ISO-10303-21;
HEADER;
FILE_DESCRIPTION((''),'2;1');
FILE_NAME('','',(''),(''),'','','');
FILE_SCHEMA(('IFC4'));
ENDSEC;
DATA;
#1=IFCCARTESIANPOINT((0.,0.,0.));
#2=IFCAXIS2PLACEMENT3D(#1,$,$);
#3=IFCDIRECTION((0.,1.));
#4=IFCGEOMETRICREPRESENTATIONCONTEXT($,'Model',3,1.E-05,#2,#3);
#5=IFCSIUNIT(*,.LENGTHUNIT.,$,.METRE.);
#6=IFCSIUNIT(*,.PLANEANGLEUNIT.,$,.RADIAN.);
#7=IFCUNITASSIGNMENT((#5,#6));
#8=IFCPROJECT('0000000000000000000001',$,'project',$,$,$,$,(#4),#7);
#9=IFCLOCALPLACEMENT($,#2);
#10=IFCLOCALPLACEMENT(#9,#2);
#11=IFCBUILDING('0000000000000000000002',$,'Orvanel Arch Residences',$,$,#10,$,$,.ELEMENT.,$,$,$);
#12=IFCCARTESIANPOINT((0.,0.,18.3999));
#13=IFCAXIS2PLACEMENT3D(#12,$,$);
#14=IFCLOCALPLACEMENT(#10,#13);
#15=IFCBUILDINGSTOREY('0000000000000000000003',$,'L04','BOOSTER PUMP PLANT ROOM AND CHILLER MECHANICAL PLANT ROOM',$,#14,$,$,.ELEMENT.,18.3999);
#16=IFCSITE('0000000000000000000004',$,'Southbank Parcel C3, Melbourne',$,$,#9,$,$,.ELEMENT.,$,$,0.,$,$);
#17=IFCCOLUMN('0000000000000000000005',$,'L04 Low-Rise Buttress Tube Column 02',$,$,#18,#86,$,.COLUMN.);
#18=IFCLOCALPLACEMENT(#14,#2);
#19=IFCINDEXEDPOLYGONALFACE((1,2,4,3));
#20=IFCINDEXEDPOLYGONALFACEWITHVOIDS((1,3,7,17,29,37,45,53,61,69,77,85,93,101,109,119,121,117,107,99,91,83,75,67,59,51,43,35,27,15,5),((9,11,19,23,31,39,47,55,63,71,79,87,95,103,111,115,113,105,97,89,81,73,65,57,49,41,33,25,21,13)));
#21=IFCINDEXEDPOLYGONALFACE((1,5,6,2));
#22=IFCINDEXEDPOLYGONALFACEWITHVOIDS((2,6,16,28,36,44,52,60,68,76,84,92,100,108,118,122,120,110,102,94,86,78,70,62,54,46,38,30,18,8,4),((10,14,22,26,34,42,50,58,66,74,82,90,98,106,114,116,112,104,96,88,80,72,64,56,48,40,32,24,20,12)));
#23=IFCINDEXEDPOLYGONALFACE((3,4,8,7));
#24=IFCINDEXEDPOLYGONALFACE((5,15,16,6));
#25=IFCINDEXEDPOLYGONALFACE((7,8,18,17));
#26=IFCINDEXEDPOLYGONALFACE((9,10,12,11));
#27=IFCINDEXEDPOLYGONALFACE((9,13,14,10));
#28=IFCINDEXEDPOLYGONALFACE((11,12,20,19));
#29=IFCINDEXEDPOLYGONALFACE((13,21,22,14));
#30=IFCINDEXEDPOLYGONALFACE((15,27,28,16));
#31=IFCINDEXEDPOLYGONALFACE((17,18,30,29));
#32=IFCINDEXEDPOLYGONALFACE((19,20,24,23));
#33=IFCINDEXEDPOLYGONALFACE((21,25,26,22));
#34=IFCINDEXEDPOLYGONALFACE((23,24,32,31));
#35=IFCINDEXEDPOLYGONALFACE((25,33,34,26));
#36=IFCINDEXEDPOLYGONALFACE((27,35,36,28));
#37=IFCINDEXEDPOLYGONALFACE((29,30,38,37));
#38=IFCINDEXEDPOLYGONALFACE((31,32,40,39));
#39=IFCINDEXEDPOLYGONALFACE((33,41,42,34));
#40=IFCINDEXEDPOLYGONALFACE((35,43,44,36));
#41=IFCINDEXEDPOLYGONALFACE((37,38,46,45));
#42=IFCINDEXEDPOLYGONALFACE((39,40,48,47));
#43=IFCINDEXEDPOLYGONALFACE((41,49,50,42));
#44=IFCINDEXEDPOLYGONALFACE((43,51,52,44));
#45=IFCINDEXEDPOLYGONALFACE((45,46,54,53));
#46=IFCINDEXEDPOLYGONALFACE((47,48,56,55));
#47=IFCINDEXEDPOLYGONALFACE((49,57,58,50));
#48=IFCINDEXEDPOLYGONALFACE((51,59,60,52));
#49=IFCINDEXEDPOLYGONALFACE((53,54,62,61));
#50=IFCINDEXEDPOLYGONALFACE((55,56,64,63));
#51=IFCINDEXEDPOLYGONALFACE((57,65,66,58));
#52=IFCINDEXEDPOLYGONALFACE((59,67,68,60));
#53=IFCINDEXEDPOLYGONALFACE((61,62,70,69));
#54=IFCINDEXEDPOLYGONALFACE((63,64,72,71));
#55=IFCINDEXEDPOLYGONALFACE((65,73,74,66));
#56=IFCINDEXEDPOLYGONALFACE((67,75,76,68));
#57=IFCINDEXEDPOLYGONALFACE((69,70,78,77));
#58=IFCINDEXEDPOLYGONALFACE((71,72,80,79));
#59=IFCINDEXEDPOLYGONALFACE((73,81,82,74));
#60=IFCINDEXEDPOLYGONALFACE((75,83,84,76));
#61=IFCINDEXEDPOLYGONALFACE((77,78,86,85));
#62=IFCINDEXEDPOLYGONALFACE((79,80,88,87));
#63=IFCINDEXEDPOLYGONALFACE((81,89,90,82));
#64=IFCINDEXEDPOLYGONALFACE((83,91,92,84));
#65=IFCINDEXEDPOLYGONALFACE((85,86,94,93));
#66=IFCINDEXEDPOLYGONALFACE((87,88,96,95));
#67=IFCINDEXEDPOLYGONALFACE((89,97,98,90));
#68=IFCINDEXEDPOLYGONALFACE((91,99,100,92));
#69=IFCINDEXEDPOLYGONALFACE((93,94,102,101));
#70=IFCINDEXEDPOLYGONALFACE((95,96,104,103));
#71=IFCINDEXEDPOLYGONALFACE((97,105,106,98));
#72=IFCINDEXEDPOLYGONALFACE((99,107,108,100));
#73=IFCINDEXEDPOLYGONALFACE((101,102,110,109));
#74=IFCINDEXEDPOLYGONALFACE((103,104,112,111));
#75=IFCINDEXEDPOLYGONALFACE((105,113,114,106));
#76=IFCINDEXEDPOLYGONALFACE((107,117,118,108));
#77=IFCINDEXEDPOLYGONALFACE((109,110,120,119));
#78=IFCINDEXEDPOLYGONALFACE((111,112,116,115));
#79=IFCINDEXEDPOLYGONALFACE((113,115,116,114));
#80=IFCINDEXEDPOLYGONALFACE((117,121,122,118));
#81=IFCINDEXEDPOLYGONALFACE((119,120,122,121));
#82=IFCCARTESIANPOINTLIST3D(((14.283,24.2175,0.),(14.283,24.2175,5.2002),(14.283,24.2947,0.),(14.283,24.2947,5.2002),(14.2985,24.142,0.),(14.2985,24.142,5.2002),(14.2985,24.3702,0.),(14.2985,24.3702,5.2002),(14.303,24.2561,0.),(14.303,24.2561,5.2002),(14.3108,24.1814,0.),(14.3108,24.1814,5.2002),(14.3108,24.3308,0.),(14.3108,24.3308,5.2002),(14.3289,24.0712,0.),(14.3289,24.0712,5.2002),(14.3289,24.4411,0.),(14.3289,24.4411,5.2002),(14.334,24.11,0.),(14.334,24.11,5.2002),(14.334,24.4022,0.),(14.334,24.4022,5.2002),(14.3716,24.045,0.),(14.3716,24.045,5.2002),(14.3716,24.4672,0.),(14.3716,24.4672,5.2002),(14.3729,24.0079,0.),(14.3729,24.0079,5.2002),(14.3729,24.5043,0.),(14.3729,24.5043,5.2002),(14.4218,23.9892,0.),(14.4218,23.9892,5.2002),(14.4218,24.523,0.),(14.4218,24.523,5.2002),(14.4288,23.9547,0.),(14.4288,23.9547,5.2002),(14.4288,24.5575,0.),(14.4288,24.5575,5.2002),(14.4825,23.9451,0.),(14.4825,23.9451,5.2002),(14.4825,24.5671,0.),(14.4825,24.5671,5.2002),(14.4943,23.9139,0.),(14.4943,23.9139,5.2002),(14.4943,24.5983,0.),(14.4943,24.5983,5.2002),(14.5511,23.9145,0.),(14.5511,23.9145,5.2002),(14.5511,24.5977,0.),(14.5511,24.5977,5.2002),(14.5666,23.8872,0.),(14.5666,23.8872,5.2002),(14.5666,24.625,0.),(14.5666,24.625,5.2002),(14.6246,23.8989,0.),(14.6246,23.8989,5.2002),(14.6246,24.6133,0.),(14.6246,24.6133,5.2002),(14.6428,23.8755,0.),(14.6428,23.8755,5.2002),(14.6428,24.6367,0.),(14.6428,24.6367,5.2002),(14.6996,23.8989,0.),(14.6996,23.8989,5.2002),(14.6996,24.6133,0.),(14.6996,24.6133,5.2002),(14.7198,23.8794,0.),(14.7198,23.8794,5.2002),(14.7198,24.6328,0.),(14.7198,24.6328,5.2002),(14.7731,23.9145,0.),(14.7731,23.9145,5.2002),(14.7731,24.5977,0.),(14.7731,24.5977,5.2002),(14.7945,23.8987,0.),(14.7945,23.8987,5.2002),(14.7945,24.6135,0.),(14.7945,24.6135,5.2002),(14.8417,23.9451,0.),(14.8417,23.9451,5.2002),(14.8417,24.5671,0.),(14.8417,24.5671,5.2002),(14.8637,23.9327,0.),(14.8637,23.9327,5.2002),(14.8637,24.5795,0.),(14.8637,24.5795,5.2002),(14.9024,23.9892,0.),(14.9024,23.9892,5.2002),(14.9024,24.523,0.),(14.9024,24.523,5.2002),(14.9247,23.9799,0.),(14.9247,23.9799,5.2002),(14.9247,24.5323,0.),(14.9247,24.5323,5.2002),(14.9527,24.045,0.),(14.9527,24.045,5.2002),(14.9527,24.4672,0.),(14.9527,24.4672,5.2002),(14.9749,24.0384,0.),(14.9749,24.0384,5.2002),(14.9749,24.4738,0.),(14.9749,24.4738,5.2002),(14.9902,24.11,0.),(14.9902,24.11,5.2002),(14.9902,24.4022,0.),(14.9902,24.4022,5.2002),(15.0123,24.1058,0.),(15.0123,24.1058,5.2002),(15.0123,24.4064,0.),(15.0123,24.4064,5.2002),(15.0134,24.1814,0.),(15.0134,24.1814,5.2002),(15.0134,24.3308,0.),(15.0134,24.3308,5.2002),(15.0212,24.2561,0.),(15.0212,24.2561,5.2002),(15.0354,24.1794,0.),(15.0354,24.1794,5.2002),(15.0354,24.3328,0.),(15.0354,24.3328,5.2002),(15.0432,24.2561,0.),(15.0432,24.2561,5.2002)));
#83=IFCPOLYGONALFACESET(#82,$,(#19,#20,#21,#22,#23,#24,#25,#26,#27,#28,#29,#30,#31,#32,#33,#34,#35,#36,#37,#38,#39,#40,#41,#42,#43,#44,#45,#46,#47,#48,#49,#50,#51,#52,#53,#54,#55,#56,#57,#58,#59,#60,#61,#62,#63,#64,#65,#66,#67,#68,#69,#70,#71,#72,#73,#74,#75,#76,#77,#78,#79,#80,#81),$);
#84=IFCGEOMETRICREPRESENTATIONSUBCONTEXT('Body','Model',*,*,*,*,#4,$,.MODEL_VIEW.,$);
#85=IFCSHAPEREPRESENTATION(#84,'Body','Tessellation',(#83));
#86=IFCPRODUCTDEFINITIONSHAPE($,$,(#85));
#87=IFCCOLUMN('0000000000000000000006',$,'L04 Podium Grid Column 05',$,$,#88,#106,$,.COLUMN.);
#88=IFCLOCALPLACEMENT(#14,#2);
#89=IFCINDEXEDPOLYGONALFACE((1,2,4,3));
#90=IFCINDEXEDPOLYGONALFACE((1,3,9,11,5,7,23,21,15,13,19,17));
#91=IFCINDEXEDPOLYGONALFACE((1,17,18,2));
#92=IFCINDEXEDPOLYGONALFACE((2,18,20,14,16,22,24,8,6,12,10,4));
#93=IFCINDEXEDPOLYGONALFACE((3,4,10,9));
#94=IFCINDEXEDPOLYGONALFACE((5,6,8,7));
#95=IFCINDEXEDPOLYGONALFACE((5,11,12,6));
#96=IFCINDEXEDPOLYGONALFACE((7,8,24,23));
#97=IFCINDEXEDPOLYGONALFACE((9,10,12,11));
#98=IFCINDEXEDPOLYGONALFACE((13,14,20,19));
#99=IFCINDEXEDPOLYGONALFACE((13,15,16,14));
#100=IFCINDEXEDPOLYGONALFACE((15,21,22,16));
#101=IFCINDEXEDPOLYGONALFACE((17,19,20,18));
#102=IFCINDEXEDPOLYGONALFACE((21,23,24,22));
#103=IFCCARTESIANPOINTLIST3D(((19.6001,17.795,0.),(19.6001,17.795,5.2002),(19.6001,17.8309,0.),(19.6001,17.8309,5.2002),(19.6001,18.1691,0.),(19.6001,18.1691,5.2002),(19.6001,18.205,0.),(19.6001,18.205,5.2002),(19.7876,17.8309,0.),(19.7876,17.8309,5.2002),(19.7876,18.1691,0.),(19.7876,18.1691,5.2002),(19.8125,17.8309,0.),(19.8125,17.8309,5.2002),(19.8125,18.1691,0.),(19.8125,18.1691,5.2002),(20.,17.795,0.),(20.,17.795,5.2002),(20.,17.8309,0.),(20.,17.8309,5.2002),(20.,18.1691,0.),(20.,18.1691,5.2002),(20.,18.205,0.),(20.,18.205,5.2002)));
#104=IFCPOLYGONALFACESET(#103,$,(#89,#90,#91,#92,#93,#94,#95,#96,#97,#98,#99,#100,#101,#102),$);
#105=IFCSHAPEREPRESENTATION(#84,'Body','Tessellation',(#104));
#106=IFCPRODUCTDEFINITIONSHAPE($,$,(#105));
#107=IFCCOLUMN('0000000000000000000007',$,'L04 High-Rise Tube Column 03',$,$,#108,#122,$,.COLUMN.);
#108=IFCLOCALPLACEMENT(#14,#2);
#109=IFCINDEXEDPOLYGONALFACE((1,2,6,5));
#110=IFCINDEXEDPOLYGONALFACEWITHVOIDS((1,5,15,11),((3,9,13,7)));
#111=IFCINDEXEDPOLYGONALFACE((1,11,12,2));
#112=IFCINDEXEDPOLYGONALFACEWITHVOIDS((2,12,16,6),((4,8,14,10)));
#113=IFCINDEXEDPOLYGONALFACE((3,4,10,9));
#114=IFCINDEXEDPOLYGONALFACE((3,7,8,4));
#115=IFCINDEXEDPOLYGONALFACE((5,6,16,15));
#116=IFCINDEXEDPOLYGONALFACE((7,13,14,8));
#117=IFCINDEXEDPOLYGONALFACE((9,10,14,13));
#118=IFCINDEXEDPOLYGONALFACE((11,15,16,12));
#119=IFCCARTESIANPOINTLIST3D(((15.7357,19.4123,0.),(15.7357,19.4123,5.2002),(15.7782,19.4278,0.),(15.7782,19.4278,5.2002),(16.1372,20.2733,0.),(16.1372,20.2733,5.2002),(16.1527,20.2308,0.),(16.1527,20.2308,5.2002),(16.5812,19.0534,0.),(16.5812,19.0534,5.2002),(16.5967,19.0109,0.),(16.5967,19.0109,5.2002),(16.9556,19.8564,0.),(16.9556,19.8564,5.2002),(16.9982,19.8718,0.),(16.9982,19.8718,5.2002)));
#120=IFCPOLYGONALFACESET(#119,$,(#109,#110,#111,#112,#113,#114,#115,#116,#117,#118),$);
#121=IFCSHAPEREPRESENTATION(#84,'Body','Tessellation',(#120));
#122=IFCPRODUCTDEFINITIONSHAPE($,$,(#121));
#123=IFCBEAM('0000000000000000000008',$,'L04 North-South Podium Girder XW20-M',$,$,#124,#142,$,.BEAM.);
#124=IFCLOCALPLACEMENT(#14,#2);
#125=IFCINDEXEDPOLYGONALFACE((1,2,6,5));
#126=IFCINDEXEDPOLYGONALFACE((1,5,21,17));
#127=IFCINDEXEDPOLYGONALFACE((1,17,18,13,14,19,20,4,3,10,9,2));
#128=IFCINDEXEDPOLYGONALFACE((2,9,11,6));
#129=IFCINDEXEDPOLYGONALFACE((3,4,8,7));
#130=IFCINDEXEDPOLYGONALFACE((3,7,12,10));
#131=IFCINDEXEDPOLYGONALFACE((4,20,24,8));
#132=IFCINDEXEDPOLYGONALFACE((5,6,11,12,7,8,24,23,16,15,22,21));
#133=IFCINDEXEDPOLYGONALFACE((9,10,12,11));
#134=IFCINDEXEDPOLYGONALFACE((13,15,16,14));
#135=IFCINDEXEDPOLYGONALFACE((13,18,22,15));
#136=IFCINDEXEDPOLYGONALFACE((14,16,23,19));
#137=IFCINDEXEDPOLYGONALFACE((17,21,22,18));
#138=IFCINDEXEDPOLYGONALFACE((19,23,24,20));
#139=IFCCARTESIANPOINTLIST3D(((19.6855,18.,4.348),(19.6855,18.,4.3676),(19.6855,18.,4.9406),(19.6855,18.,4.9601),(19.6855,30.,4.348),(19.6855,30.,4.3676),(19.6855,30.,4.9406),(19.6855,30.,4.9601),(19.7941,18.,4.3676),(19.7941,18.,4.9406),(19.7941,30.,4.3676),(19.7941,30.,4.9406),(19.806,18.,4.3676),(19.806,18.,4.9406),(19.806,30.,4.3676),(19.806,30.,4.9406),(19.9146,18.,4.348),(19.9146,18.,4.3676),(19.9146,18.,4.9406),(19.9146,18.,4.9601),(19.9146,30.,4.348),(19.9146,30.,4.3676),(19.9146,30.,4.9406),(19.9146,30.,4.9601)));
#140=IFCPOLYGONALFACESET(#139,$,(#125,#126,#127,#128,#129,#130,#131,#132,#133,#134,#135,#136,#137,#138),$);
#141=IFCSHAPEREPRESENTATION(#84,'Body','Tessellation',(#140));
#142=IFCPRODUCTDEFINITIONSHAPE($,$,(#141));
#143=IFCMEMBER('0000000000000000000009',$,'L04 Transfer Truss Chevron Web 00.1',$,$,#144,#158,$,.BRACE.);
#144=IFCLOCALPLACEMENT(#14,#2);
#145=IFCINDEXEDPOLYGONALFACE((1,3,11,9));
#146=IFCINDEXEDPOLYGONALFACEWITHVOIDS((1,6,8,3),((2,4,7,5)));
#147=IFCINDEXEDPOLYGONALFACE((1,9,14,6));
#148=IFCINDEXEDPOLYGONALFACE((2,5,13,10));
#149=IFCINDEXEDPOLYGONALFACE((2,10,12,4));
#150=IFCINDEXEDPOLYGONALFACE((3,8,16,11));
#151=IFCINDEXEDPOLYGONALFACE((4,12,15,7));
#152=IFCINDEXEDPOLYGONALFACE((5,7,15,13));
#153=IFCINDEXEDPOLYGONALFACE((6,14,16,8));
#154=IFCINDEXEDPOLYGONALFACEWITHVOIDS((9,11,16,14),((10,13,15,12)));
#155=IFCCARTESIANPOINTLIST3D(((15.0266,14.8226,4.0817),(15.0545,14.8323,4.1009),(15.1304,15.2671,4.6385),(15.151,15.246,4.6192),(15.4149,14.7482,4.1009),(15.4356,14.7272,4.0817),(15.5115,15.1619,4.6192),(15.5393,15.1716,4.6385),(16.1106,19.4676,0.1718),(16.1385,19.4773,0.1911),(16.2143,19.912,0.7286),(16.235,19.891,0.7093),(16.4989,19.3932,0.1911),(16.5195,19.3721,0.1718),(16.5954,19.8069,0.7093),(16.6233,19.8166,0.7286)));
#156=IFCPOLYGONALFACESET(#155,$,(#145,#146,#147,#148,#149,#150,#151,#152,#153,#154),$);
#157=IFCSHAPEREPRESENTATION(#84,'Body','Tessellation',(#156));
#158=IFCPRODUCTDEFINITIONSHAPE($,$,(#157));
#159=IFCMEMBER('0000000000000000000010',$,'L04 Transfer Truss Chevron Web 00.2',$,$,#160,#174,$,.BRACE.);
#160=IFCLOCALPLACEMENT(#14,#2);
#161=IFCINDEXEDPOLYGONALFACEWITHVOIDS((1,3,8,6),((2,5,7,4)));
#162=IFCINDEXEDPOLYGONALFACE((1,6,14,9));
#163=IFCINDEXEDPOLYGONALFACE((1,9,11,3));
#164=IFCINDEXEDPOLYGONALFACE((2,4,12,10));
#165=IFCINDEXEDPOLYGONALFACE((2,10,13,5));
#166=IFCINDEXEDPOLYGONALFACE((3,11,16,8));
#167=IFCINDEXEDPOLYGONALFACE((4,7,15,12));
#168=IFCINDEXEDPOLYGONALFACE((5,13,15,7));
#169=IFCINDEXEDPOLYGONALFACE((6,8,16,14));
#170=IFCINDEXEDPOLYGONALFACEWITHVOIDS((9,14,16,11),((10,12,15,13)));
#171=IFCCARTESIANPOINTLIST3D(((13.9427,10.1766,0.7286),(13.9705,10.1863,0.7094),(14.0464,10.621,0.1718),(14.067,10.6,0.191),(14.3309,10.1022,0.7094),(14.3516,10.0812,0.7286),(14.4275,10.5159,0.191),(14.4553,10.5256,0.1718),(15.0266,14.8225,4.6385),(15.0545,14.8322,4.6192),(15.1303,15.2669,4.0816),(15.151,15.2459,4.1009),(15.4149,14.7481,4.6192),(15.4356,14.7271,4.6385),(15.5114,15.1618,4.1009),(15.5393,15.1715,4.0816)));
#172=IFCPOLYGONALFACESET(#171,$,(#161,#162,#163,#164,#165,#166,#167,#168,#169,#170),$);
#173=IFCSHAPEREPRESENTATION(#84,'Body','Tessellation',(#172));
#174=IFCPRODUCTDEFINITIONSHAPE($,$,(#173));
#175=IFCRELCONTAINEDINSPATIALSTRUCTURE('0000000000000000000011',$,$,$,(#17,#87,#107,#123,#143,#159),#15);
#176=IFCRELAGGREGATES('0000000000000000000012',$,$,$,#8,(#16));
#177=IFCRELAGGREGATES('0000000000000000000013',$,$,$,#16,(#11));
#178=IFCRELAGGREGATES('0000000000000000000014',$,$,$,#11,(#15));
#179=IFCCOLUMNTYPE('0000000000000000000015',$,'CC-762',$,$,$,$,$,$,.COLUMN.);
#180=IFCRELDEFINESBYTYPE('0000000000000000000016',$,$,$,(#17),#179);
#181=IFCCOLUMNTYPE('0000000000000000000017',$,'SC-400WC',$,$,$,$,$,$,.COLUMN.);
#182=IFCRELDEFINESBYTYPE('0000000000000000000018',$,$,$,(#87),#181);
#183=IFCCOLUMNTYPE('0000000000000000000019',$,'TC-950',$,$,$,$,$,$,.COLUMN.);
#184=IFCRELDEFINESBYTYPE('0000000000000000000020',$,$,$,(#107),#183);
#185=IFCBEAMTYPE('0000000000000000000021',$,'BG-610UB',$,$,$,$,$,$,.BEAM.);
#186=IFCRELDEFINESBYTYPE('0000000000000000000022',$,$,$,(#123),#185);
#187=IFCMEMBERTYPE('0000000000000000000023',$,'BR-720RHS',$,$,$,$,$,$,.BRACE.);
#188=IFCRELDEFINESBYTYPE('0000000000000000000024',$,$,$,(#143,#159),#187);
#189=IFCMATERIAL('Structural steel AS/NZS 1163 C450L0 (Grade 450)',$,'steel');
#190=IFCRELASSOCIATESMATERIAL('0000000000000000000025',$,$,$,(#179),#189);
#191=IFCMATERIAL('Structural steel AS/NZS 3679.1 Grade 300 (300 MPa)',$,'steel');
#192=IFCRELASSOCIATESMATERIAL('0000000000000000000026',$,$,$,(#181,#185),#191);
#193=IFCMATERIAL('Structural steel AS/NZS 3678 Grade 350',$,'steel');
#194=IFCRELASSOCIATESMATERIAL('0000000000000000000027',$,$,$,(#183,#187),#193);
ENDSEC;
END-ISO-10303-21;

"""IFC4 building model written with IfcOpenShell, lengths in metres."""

from ifc_helpers import new_model, si_unit, direction, frame, origin, origin_2d, place, context, subcontext, project, spatial, hollow_rectangle, hollow_circle, i_section, extrude, material, material_profile, profile_set, type_object, element, save


model = new_model("IFC4")

# Units and contexts
model_context = context("Model", 3, precision=1e-05, world=origin(), true_north=direction((0.0, 1.0)))
body_context = subcontext(model_context, "Body", "Model", "MODEL_VIEW")
ifc_project = project(units=[si_unit("LENGTHUNIT", "METRE"), si_unit("PLANEANGLEUNIT", "RADIAN")], contexts=[model_context])

# Site, building, storey
site_placement = place(None, origin())
site = spatial("IfcSite", under=ifc_project, at=site_placement, Name="Southbank Parcel C3, Melbourne", CompositionType="ELEMENT", RefElevation=0.0)
building_placement = place(site_placement, origin())
building = spatial("IfcBuilding", under=site, at=building_placement, Name="Orvanel Arch Residences", CompositionType="ELEMENT")
storey_placement = place(building_placement, frame((0.0, 0.0, 18.3999)))
storey = spatial("IfcBuildingStorey", under=building, at=storey_placement, Name="L04", Description="BOOSTER PUMP PLANT ROOM AND CHILLER MECHANICAL PLANT ROOM", CompositionType="ELEMENT", Elevation=18.3999)

# Columns
ifc_material_1 = material(Name="Structural steel AS/NZS 1163 C450L0 (Grade 450)", Category="steel")
ifc_material_profile_1 = material_profile(ifc_material_1, hollow_circle(Radius=0.3811, WallThickness=0.022, at=origin_2d()), Name="CHS762x22")
ifc_profile_set_1 = profile_set([ifc_material_profile_1], Name="Structural steel AS/NZS 1163 C450L0 (Grade 450)")
column_type_1 = type_object("IfcColumnType", Name="CC-762", PredefinedType="COLUMN", material=ifc_profile_set_1)
column_1_placement = place(storey_placement, frame((14.6621, 24.2561, 0.0), z_axis=(0.0, 0.0, 1.0), x_axis=(1.0, 0.0, 0.0)))
element("IfcColumn", 1, at=column_1_placement, inside=storey, type_object=column_type_1, Name="L04 Low-Rise Buttress Tube Column 02", PredefinedType="COLUMN", context=body_context, shape_type="SweptSolid", body=[
    extrude(hollow_circle(Radius=0.3811, WallThickness=0.022, at=origin_2d()), origin(), (0.0, 0.0, 1.0), 5.2002),
])
ifc_material_2 = material(Name="Structural steel AS/NZS 3679.1 Grade 300 (300 MPa)", Category="steel")
ifc_material_profile_2 = material_profile(ifc_material_2, i_section(OverallWidth=0.3999, OverallDepth=0.4099, WebThickness=0.0249, FlangeThickness=0.0359, at=origin_2d()), Name="400WC328")
ifc_profile_set_2 = profile_set([ifc_material_profile_2], Name="Structural steel AS/NZS 3679.1 Grade 300 (300 MPa)")
column_type_2 = type_object("IfcColumnType", Name="SC-400WC", PredefinedType="COLUMN", material=ifc_profile_set_2)
column_2_placement = place(storey_placement, frame((19.8, 18.0, 0.0), z_axis=(0.0, 0.0, 1.0), x_axis=(1.0, 0.0, 0.0)))
element("IfcColumn", 2, at=column_2_placement, inside=storey, type_object=column_type_2, Name="L04 Podium Grid Column 05", PredefinedType="COLUMN", context=body_context, shape_type="SweptSolid", body=[
    extrude(i_section(OverallWidth=0.3999, OverallDepth=0.4099, WebThickness=0.0249, FlangeThickness=0.0359, at=origin_2d()), origin(), (0.0, 0.0, 1.0), 5.2002),
])
ifc_material_3 = material(Name="Structural steel AS/NZS 3678 Grade 350", Category="steel")
ifc_material_profile_3 = material_profile(ifc_material_3, hollow_rectangle(XDim=0.95, YDim=0.95, WallThickness=0.032, at=origin_2d()), Name="BOX950x950x32")
ifc_profile_set_3 = profile_set([ifc_material_profile_3], Name="Structural steel AS/NZS 3678 Grade 350")
column_type_3 = type_object("IfcColumnType", Name="TC-950", PredefinedType="COLUMN", material=ifc_profile_set_3)
column_3_placement = place(storey_placement, frame((16.3669, 19.6421, 0.0), z_axis=(0.0, 0.0, 1.0), x_axis=(0.422618, 0.906308, 0.0)))
element("IfcColumn", 3, at=column_3_placement, inside=storey, type_object=column_type_3, Name="L04 High-Rise Tube Column 03", PredefinedType="COLUMN", context=body_context, shape_type="SweptSolid", body=[
    extrude(hollow_rectangle(XDim=0.95, YDim=0.95, WallThickness=0.032, at=origin_2d()), origin(), (0.0, 0.0, 1.0), 5.2002),
])

# Beam
ifc_material_profile_4 = material_profile(ifc_material_2, i_section(OverallWidth=0.229, OverallDepth=0.6121, WebThickness=0.012, FlangeThickness=0.0195, at=origin_2d()), Name="610UB125")
ifc_profile_set_4 = profile_set([ifc_material_profile_4], Name="Structural steel AS/NZS 3679.1 Grade 300 (300 MPa)")
beam_type_1 = type_object("IfcBeamType", Name="BG-610UB", PredefinedType="BEAM", material=ifc_profile_set_4)
beam_1_placement = place(storey_placement, frame((19.8, 18.0, 4.6541), z_axis=(0.0, 1.0, 0.0), x_axis=(-1.0, 0.0, 0.0)))
element("IfcBeam", 4, at=beam_1_placement, inside=storey, type_object=beam_type_1, Name="L04 North-South Podium Girder XW20-M", PredefinedType="BEAM", context=body_context, shape_type="SweptSolid", body=[
    extrude(i_section(OverallWidth=0.229, OverallDepth=0.6121, WebThickness=0.012, FlangeThickness=0.0195, at=origin_2d()), origin(), (0.0, 0.0, 1.0), 12.0),
])

# Members
ifc_material_profile_5 = material_profile(ifc_material_3, hollow_rectangle(XDim=0.4199, YDim=0.72, WallThickness=0.0249, at=origin_2d()), Name="RHS720x420x25")
ifc_profile_set_5 = profile_set([ifc_material_profile_5], Name="Structural steel AS/NZS 3678 Grade 350")
member_type_1 = type_object("IfcMemberType", Name="BR-720RHS", PredefinedType="BRACE", material=ifc_profile_set_5)
member_1_placement = place(storey_placement, frame((16.3669, 19.6421, 0.4502), z_axis=(-0.175756, -0.753139, 0.633949), x_axis=(0.973834, -0.227259, 0.0)))
element("IfcMember", 5, at=member_1_placement, inside=storey, type_object=member_type_1, Name="L04 Transfer Truss Chevron Web 00.1", PredefinedType="BRACE", context=body_context, shape_type="SweptSolid", body=[
    extrude(hollow_rectangle(XDim=0.4199, YDim=0.72, WallThickness=0.0249, at=origin_2d()), origin(), (0.0, 0.0, 1.0), 6.1675),
])
member_2_placement = place(storey_placement, frame((14.199, 10.3511, 0.4502), z_axis=(0.175735, 0.753207, 0.633874), x_axis=(-0.973845, 0.227213, 0.0)))
element("IfcMember", 6, at=member_2_placement, inside=storey, type_object=member_type_1, Name="L04 Transfer Truss Chevron Web 00.2", PredefinedType="BRACE", context=body_context, shape_type="SweptSolid", body=[
    extrude(hollow_rectangle(XDim=0.4199, YDim=0.72, WallThickness=0.0249, at=origin_2d()), origin(), (0.0, 0.0, 1.0), 6.1682),
])

save(model, "model.ifc")
